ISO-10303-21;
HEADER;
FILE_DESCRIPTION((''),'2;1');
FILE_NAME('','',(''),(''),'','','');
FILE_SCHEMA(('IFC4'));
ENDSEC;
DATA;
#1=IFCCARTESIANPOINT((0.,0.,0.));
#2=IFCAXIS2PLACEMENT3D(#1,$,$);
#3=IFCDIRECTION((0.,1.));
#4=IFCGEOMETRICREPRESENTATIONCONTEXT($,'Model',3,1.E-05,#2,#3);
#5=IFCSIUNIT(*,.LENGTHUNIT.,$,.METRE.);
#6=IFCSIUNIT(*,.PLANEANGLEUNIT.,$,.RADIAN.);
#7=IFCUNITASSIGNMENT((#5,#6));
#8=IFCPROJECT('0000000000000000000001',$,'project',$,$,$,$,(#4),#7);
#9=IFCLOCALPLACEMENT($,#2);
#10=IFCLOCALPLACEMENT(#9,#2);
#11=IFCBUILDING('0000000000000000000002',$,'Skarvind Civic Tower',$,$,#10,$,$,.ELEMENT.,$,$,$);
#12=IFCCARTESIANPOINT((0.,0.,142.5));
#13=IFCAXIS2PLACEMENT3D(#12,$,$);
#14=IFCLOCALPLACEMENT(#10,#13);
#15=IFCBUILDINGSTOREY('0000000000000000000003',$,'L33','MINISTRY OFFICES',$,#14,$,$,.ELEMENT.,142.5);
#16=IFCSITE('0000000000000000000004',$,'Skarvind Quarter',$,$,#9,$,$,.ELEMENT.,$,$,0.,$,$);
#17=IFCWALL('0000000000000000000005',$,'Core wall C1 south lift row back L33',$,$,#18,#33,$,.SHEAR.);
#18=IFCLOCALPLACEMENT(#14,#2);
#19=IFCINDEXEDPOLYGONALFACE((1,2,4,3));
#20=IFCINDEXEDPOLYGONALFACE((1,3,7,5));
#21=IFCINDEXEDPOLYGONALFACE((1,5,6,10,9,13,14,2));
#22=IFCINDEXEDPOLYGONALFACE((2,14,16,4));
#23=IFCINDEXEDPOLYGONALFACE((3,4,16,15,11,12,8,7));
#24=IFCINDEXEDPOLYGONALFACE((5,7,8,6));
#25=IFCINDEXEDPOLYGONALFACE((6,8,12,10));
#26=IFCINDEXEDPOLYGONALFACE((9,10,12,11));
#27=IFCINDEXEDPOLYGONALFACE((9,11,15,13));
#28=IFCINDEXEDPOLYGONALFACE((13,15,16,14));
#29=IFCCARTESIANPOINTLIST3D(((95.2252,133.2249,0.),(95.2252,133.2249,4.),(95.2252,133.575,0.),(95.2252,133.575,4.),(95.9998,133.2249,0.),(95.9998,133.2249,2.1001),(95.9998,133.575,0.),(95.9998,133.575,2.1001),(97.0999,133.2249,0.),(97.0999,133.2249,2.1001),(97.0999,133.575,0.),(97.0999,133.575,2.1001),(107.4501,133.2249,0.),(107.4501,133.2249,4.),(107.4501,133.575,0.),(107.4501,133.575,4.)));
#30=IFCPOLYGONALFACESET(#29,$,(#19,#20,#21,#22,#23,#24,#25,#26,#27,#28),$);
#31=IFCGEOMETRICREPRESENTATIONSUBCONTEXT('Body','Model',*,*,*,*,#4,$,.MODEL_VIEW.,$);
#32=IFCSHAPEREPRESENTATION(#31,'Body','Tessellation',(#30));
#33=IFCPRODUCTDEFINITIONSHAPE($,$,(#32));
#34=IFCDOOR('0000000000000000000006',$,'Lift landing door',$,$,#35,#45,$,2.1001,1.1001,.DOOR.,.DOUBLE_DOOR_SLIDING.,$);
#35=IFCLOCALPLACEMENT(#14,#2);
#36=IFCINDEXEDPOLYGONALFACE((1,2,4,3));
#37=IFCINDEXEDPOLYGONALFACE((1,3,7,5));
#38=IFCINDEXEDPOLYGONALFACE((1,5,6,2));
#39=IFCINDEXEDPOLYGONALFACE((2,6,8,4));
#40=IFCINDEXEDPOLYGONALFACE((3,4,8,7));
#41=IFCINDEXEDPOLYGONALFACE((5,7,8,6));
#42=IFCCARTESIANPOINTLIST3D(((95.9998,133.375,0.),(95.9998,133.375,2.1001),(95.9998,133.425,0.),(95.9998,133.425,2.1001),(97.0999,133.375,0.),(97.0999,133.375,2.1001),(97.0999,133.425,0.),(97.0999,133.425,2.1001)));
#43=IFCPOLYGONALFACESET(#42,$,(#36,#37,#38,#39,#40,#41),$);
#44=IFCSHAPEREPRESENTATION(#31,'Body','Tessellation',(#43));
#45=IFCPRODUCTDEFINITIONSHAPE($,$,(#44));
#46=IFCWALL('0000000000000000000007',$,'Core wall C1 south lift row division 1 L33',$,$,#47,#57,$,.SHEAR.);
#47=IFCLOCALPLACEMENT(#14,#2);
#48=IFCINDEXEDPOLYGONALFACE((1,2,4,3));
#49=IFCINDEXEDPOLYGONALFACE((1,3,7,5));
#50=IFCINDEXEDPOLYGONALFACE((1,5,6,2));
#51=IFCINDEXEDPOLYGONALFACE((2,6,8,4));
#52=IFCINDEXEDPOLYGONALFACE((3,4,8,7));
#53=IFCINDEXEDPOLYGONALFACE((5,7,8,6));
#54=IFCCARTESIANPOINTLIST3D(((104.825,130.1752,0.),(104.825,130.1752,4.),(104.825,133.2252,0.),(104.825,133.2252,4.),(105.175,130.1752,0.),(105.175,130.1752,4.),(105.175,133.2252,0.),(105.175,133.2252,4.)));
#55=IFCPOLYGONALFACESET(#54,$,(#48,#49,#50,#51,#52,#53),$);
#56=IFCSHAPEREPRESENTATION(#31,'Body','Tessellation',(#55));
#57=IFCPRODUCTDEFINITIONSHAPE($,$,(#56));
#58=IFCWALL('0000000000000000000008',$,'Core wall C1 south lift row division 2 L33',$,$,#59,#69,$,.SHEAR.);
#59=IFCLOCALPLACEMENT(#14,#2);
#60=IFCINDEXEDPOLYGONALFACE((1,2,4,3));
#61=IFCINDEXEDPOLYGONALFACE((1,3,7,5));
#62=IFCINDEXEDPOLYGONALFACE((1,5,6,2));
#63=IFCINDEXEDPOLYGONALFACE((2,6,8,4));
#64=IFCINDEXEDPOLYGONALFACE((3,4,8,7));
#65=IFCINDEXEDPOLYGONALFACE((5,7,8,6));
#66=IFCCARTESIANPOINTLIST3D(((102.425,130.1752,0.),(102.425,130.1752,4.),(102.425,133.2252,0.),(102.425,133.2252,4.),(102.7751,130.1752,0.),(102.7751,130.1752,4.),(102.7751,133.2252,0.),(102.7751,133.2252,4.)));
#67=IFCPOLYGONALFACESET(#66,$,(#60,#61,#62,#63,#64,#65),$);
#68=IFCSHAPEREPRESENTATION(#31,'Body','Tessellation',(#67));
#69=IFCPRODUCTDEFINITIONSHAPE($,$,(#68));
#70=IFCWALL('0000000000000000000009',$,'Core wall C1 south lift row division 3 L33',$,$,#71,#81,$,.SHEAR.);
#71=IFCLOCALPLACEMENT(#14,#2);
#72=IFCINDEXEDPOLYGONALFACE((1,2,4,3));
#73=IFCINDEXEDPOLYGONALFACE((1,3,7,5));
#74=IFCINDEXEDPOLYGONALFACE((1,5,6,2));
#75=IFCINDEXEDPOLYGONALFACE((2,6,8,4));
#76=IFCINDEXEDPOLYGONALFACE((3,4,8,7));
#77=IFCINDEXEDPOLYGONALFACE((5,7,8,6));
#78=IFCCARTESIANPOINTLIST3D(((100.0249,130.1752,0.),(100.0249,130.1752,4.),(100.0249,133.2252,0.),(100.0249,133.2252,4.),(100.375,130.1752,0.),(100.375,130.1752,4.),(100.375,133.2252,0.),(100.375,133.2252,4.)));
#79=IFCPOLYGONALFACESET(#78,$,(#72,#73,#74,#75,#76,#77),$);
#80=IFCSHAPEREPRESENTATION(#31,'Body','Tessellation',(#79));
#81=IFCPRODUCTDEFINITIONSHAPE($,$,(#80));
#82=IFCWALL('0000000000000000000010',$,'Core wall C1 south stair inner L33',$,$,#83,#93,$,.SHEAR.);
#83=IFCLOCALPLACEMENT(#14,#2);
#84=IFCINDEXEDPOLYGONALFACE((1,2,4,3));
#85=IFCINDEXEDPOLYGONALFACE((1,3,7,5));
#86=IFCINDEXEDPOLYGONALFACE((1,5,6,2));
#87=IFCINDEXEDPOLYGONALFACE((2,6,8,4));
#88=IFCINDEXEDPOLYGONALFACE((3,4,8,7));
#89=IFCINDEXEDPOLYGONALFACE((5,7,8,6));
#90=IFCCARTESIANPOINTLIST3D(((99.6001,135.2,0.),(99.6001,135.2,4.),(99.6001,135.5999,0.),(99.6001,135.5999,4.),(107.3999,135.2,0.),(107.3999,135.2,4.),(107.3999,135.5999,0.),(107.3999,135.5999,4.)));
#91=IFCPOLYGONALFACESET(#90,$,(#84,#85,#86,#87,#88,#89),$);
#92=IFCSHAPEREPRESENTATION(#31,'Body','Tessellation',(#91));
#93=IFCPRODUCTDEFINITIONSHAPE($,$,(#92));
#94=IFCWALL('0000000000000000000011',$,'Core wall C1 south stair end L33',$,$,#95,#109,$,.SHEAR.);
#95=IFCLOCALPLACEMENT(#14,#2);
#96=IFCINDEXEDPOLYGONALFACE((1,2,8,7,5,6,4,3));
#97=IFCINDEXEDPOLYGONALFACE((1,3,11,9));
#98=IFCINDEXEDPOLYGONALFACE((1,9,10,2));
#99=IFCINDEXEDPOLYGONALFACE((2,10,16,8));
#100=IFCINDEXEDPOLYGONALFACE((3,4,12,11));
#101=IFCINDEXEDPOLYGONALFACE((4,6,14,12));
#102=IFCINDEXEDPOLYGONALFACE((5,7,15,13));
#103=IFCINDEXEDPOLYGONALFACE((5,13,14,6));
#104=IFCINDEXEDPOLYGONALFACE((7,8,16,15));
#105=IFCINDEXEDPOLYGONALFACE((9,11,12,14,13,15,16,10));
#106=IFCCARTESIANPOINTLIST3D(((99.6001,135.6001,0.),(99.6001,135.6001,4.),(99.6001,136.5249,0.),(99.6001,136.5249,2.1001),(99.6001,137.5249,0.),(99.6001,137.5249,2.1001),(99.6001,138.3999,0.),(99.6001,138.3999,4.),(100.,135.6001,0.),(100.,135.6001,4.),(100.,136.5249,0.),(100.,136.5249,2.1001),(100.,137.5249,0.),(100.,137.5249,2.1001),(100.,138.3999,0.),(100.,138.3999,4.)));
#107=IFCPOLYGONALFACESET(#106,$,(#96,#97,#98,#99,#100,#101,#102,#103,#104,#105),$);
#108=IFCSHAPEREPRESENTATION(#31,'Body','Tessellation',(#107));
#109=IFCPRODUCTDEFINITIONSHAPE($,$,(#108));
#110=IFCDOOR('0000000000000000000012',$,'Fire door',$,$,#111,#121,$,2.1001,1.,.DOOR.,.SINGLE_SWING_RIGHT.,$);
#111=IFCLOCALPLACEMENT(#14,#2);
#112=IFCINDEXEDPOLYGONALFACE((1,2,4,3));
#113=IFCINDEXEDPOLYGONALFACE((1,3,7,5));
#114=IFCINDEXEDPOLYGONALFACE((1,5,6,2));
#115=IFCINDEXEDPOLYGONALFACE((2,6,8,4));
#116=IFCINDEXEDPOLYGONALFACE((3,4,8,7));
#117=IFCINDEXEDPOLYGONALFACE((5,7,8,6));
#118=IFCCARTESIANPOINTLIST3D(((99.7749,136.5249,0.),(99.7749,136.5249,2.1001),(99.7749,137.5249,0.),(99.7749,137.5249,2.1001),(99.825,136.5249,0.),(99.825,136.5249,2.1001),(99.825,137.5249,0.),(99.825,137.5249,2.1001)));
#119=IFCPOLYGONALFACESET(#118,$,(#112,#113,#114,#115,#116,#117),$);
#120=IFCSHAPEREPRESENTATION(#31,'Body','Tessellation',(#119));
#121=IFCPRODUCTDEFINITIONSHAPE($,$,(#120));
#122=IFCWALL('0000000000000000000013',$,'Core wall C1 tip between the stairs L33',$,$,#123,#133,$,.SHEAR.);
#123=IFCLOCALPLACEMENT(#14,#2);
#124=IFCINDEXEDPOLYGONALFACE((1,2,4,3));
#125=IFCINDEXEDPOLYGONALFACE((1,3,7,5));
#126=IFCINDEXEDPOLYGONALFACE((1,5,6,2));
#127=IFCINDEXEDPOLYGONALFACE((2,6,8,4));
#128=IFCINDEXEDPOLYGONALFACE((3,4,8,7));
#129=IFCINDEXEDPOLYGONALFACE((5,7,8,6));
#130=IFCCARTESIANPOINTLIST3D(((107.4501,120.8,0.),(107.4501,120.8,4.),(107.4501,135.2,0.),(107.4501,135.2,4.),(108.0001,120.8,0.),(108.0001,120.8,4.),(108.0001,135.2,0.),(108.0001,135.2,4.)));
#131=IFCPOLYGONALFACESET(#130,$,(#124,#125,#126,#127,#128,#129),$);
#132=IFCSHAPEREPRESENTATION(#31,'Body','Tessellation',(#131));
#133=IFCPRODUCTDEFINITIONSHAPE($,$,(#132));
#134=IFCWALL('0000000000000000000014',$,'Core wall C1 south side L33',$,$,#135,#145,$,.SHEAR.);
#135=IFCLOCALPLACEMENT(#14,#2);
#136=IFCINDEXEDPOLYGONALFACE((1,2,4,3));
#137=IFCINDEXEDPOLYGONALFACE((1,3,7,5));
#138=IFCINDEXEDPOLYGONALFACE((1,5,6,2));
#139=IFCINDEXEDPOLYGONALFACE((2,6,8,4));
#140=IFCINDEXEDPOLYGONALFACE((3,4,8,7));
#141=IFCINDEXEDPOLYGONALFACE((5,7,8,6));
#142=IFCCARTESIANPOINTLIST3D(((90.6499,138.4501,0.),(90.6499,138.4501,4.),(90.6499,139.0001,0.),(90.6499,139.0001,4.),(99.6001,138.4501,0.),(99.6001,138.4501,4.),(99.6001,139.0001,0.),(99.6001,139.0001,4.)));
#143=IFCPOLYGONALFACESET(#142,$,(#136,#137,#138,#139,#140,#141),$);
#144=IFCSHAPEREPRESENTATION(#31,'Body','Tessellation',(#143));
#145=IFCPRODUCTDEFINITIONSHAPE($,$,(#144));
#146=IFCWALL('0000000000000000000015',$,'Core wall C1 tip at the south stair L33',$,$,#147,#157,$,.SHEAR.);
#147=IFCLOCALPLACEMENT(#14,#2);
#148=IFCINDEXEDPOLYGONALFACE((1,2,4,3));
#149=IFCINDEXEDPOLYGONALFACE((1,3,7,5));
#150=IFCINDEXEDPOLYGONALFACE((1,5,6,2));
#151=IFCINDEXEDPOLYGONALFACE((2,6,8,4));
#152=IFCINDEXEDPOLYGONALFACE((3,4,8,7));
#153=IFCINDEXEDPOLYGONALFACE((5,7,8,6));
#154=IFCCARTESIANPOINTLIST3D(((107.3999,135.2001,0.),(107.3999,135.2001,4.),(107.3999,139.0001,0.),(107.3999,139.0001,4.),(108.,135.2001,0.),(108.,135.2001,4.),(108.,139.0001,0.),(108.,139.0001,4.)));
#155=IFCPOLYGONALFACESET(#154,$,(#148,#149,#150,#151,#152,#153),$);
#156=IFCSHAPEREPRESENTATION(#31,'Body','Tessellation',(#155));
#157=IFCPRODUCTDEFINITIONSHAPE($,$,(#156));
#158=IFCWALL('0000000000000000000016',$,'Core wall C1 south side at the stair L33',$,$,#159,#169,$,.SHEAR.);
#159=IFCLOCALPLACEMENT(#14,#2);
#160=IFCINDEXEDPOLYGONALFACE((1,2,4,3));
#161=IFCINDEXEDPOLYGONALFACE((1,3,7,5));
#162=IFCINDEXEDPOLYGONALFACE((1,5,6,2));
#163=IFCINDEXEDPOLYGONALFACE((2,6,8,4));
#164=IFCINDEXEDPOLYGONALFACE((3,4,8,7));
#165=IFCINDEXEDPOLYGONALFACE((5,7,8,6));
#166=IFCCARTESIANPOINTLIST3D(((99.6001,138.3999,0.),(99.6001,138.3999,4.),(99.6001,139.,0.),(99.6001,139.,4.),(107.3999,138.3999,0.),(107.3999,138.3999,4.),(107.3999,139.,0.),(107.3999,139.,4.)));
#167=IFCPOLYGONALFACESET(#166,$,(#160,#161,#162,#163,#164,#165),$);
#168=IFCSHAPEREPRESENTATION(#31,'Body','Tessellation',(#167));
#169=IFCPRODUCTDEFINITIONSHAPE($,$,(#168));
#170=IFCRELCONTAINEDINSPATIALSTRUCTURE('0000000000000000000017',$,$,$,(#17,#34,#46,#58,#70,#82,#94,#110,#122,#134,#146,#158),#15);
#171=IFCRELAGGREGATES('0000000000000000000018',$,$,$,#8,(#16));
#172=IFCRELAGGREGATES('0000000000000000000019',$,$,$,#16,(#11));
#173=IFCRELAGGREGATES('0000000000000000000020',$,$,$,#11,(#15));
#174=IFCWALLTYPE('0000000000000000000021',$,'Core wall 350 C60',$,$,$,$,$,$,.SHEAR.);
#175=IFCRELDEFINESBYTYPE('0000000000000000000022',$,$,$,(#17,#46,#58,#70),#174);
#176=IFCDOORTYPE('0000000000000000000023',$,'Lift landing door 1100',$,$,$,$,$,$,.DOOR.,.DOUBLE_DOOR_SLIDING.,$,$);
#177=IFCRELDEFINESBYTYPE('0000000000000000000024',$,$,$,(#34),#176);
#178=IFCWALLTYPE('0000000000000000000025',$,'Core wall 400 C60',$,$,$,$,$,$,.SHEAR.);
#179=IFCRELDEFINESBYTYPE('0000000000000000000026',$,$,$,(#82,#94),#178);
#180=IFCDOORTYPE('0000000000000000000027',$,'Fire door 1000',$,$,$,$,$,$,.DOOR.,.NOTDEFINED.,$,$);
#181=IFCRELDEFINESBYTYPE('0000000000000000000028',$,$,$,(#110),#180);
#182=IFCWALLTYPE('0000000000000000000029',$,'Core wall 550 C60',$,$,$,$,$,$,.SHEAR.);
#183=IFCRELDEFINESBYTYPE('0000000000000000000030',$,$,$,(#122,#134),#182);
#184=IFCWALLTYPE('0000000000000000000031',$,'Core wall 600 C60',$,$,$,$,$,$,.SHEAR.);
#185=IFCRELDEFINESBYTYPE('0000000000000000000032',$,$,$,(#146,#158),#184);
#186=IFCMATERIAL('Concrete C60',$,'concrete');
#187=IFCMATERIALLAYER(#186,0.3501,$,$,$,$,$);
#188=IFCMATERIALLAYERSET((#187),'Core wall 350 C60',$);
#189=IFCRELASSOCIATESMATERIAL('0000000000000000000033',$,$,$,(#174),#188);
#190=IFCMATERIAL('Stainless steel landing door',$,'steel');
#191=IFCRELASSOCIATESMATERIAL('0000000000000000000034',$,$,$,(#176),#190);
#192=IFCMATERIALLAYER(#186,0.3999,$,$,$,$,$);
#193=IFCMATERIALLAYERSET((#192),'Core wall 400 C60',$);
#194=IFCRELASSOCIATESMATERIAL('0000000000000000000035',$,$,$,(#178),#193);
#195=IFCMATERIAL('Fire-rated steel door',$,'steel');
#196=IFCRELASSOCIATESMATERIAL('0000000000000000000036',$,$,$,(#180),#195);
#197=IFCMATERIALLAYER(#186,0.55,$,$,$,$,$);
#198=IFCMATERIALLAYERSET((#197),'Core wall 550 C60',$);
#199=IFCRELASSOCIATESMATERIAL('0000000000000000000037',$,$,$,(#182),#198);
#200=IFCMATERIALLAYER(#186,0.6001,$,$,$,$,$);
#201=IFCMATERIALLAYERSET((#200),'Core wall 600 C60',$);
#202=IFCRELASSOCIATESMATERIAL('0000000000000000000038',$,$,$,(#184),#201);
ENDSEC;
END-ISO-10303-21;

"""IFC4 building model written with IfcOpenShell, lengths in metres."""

from ifc_helpers import new_model, si_unit, direction, frame, frame_2d, origin, place, context, subcontext, project, spatial, rectangle, extrude, material, layer, layer_set, type_object, element, fill, save


model = new_model("IFC4")

# Units and contexts
model_context = context("Model", 3, precision=1e-05, world=origin(), true_north=direction((0.0, 1.0)))
body_context = subcontext(model_context, "Body", "Model", "MODEL_VIEW")
ifc_project = project(units=[si_unit("LENGTHUNIT", "METRE"), si_unit("PLANEANGLEUNIT", "RADIAN")], contexts=[model_context])

# Site, building, storey
site_placement = place(None, origin())
site = spatial("IfcSite", under=ifc_project, at=site_placement, Name="Skarvind Quarter", CompositionType="ELEMENT", RefElevation=0.0)
building_placement = place(site_placement, origin())
building = spatial("IfcBuilding", under=site, at=building_placement, Name="Skarvind Civic Tower", CompositionType="ELEMENT")
storey_placement = place(building_placement, frame((0.0, 0.0, 142.5)))
storey = spatial("IfcBuildingStorey", under=building, at=storey_placement, Name="L33", Description="MINISTRY OFFICES", CompositionType="ELEMENT", Elevation=142.5)

# Wall, opening, door
ifc_material_1 = material(Name="Concrete C60", Category="concrete")
ifc_layer_1 = layer(ifc_material_1, 0.3501)
ifc_layer_set_1 = layer_set([ifc_layer_1], Name="Core wall 350 C60")
wall_type_1 = type_object("IfcWallType", Name="Core wall 350 C60", PredefinedType="SHEAR", material=ifc_layer_set_1)
wall_1_placement = place(storey_placement, frame((107.45, 133.3999, 0.0), z_axis=(0.0, 0.0, 1.0), x_axis=(-1.0, 0.0, 0.0)))
wall_1 = element("IfcWall", 1, at=wall_1_placement, inside=storey, type_object=wall_type_1, Name="Core wall C1 south lift row back L33", PredefinedType="SHEAR", context=body_context, shape_type="SweptSolid", body=[
    extrude(rectangle(XDim=12.2249, YDim=0.3501, at=frame_2d((6.1123, 0.0))), origin(), (0.0, 0.0, 1.0), 4.0),
])
opening_1_placement = place(wall_1_placement, frame((10.3501, 0.0, 0.0)))
opening_1 = element("IfcOpeningElement", 2, at=opening_1_placement, cuts=wall_1, PredefinedType="OPENING", context=body_context, shape_type="SweptSolid", body=[
    extrude(rectangle(XDim=1.1001, YDim=2.1001, at=frame_2d((0.55, 1.05))), frame((0.0, 0.1851, 0.0), z_axis=(0.0, -1.0, 0.0), x_axis=(1.0, 0.0, 0.0)), (0.0, 0.0, 1.0), 0.3701),
])
ifc_material_2 = material(Name="Stainless steel landing door", Category="steel")
door_type_1 = type_object("IfcDoorType", Name="Lift landing door 1100", OperationType="DOUBLE_DOOR_SLIDING", PredefinedType="DOOR", material=ifc_material_2)
door_1_placement = place(opening_1_placement, origin())
door_1 = element("IfcDoor", 3, at=door_1_placement, inside=storey, type_object=door_type_1, Name="Lift landing door", OperationType="DOUBLE_DOOR_SLIDING", OverallHeight=2.1001, OverallWidth=1.1001, PredefinedType="DOOR", context=body_context, shape_type="SweptSolid", body=[
    extrude(rectangle(XDim=1.1001, YDim=2.1001, at=frame_2d((0.55, 1.05))), frame((0.0, 0.0249, 0.0), z_axis=(0.0, -1.0, 0.0), x_axis=(1.0, 0.0, 0.0)), (0.0, 0.0, 1.0), 0.05),
])
fill(opening_1, door_1)

# Walls
for number, where, z_axis, x_axis, name in (
    (4, (105.0, 133.2251, 0.0), (0.0, 0.0, 1.0), (0.0, -1.0, 0.0), "Core wall C1 south lift row division 1 L33"),
    (5, (102.6001, 133.2251, 0.0), (0.0, 0.0, 1.0), (0.0, -1.0, 0.0), "Core wall C1 south lift row division 2 L33"),
    (6, (100.2, 133.2251, 0.0), (0.0, 0.0, 1.0), (0.0, -1.0, 0.0), "Core wall C1 south lift row division 3 L33"),
):
    element("IfcWall", number, at=place(storey_placement, frame(where, z_axis=z_axis, x_axis=x_axis)), inside=storey, type_object=wall_type_1, Name=name, PredefinedType="SHEAR", context=body_context, shape_type="SweptSolid", body=[
        extrude(rectangle(XDim=3.05, YDim=0.3501, at=frame_2d((1.5249, 0.0))), origin(), (0.0, 0.0, 1.0), 4.0),
    ])
ifc_layer_2 = layer(ifc_material_1, 0.3999)
ifc_layer_set_2 = layer_set([ifc_layer_2], Name="Core wall 400 C60")
wall_type_2 = type_object("IfcWallType", Name="Core wall 400 C60", PredefinedType="SHEAR", material=ifc_layer_set_2)
wall_2_placement = place(storey_placement, frame((107.3999, 135.3999, 0.0), z_axis=(0.0, 0.0, 1.0), x_axis=(-1.0, 0.0, 0.0)))
element("IfcWall", 7, at=wall_2_placement, inside=storey, type_object=wall_type_2, Name="Core wall C1 south stair inner L33", PredefinedType="SHEAR", context=body_context, shape_type="SweptSolid", body=[
    extrude(rectangle(XDim=7.7998, YDim=0.3999, at=frame_2d((3.8999, 0.0))), origin(), (0.0, 0.0, 1.0), 4.0),
])

# Wall, opening, door
wall_3_placement = place(storey_placement, frame((99.8, 138.3999, 0.0), z_axis=(0.0, 0.0, 1.0), x_axis=(0.0, -1.0, 0.0)))
wall_3 = element("IfcWall", 8, at=wall_3_placement, inside=storey, type_object=wall_type_2, Name="Core wall C1 south stair end L33", PredefinedType="SHEAR", context=body_context, shape_type="SweptSolid", body=[
    extrude(rectangle(XDim=2.7998, YDim=0.3999, at=frame_2d((1.3999, 0.0))), origin(), (0.0, 0.0, 1.0), 4.0),
])
opening_2_placement = place(wall_3_placement, frame((0.875, 0.0, 0.0)))
opening_2 = element("IfcOpeningElement", 9, at=opening_2_placement, cuts=wall_3, PredefinedType="OPENING", context=body_context, shape_type="SweptSolid", body=[
    extrude(rectangle(XDim=1.0, YDim=2.1001, at=frame_2d((0.5, 1.05))), frame((0.0, 0.21, 0.0), z_axis=(0.0, -1.0, 0.0), x_axis=(1.0, 0.0, 0.0)), (0.0, 0.0, 1.0), 0.4199),
])
ifc_material_3 = material(Name="Fire-rated steel door", Category="steel")
door_type_2 = type_object("IfcDoorType", Name="Fire door 1000", OperationType="NOTDEFINED", PredefinedType="DOOR", material=ifc_material_3)
door_2_placement = place(opening_2_placement, origin())
door_2 = element("IfcDoor", 10, at=door_2_placement, inside=storey, type_object=door_type_2, Name="Fire door", OperationType="SINGLE_SWING_RIGHT", OverallHeight=2.1001, OverallWidth=1.0, PredefinedType="DOOR", context=body_context, shape_type="SweptSolid", body=[
    extrude(rectangle(XDim=1.0, YDim=2.1001, at=frame_2d((0.5, 1.05))), frame((0.0, 0.0249, 0.0), z_axis=(0.0, -1.0, 0.0), x_axis=(1.0, 0.0, 0.0)), (0.0, 0.0, 1.0), 0.05),
])
fill(opening_2, door_2)

# Walls
ifc_layer_3 = layer(ifc_material_1, 0.55)
ifc_layer_set_3 = layer_set([ifc_layer_3], Name="Core wall 550 C60")
wall_type_3 = type_object("IfcWallType", Name="Core wall 550 C60", PredefinedType="SHEAR", material=ifc_layer_set_3)
wall_4_placement = place(storey_placement, frame((107.7251, 135.2, 0.0), z_axis=(0.0, 0.0, 1.0), x_axis=(0.0, -1.0, 0.0)))
element("IfcWall", 11, at=wall_4_placement, inside=storey, type_object=wall_type_3, Name="Core wall C1 tip between the stairs L33", PredefinedType="SHEAR", context=body_context, shape_type="SweptSolid", body=[
    extrude(rectangle(XDim=14.3999, YDim=0.55, at=frame_2d((7.2, 0.0))), origin(), (0.0, 0.0, 1.0), 4.0),
])
wall_5_placement = place(storey_placement, frame((99.6001, 138.7251, 0.0), z_axis=(0.0, 0.0, 1.0), x_axis=(-1.0, 0.0, 0.0)))
element("IfcWall", 12, at=wall_5_placement, inside=storey, type_object=wall_type_3, Name="Core wall C1 south side L33", PredefinedType="SHEAR", context=body_context, shape_type="SweptSolid", body=[
    extrude(rectangle(XDim=8.9502, YDim=0.55, at=frame_2d((4.4751, 0.0))), origin(), (0.0, 0.0, 1.0), 4.0),
])
ifc_layer_4 = layer(ifc_material_1, 0.6001)
ifc_layer_set_4 = layer_set([ifc_layer_4], Name="Core wall 600 C60")
wall_type_4 = type_object("IfcWallType", Name="Core wall 600 C60", PredefinedType="SHEAR", material=ifc_layer_set_4)
wall_6_placement = place(storey_placement, frame((107.7, 139.0, 0.0), z_axis=(0.0, 0.0, 1.0), x_axis=(0.0, -1.0, 0.0)))
element("IfcWall", 13, at=wall_6_placement, inside=storey, type_object=wall_type_4, Name="Core wall C1 tip at the south stair L33", PredefinedType="SHEAR", context=body_context, shape_type="SweptSolid", body=[
    extrude(rectangle(XDim=3.8, YDim=0.6001, at=frame_2d((1.8999, 0.0))), origin(), (0.0, 0.0, 1.0), 4.0),
])
wall_7_placement = place(storey_placement, frame((107.3999, 138.7, 0.0), z_axis=(0.0, 0.0, 1.0), x_axis=(-1.0, 0.0, 0.0)))
element("IfcWall", 14, at=wall_7_placement, inside=storey, type_object=wall_type_4, Name="Core wall C1 south side at the stair L33", PredefinedType="SHEAR", context=body_context, shape_type="SweptSolid", body=[
    extrude(rectangle(XDim=7.7998, YDim=0.6001, at=frame_2d((3.8999, 0.0))), origin(), (0.0, 0.0, 1.0), 4.0),
])

save(model, "model.ifc")
